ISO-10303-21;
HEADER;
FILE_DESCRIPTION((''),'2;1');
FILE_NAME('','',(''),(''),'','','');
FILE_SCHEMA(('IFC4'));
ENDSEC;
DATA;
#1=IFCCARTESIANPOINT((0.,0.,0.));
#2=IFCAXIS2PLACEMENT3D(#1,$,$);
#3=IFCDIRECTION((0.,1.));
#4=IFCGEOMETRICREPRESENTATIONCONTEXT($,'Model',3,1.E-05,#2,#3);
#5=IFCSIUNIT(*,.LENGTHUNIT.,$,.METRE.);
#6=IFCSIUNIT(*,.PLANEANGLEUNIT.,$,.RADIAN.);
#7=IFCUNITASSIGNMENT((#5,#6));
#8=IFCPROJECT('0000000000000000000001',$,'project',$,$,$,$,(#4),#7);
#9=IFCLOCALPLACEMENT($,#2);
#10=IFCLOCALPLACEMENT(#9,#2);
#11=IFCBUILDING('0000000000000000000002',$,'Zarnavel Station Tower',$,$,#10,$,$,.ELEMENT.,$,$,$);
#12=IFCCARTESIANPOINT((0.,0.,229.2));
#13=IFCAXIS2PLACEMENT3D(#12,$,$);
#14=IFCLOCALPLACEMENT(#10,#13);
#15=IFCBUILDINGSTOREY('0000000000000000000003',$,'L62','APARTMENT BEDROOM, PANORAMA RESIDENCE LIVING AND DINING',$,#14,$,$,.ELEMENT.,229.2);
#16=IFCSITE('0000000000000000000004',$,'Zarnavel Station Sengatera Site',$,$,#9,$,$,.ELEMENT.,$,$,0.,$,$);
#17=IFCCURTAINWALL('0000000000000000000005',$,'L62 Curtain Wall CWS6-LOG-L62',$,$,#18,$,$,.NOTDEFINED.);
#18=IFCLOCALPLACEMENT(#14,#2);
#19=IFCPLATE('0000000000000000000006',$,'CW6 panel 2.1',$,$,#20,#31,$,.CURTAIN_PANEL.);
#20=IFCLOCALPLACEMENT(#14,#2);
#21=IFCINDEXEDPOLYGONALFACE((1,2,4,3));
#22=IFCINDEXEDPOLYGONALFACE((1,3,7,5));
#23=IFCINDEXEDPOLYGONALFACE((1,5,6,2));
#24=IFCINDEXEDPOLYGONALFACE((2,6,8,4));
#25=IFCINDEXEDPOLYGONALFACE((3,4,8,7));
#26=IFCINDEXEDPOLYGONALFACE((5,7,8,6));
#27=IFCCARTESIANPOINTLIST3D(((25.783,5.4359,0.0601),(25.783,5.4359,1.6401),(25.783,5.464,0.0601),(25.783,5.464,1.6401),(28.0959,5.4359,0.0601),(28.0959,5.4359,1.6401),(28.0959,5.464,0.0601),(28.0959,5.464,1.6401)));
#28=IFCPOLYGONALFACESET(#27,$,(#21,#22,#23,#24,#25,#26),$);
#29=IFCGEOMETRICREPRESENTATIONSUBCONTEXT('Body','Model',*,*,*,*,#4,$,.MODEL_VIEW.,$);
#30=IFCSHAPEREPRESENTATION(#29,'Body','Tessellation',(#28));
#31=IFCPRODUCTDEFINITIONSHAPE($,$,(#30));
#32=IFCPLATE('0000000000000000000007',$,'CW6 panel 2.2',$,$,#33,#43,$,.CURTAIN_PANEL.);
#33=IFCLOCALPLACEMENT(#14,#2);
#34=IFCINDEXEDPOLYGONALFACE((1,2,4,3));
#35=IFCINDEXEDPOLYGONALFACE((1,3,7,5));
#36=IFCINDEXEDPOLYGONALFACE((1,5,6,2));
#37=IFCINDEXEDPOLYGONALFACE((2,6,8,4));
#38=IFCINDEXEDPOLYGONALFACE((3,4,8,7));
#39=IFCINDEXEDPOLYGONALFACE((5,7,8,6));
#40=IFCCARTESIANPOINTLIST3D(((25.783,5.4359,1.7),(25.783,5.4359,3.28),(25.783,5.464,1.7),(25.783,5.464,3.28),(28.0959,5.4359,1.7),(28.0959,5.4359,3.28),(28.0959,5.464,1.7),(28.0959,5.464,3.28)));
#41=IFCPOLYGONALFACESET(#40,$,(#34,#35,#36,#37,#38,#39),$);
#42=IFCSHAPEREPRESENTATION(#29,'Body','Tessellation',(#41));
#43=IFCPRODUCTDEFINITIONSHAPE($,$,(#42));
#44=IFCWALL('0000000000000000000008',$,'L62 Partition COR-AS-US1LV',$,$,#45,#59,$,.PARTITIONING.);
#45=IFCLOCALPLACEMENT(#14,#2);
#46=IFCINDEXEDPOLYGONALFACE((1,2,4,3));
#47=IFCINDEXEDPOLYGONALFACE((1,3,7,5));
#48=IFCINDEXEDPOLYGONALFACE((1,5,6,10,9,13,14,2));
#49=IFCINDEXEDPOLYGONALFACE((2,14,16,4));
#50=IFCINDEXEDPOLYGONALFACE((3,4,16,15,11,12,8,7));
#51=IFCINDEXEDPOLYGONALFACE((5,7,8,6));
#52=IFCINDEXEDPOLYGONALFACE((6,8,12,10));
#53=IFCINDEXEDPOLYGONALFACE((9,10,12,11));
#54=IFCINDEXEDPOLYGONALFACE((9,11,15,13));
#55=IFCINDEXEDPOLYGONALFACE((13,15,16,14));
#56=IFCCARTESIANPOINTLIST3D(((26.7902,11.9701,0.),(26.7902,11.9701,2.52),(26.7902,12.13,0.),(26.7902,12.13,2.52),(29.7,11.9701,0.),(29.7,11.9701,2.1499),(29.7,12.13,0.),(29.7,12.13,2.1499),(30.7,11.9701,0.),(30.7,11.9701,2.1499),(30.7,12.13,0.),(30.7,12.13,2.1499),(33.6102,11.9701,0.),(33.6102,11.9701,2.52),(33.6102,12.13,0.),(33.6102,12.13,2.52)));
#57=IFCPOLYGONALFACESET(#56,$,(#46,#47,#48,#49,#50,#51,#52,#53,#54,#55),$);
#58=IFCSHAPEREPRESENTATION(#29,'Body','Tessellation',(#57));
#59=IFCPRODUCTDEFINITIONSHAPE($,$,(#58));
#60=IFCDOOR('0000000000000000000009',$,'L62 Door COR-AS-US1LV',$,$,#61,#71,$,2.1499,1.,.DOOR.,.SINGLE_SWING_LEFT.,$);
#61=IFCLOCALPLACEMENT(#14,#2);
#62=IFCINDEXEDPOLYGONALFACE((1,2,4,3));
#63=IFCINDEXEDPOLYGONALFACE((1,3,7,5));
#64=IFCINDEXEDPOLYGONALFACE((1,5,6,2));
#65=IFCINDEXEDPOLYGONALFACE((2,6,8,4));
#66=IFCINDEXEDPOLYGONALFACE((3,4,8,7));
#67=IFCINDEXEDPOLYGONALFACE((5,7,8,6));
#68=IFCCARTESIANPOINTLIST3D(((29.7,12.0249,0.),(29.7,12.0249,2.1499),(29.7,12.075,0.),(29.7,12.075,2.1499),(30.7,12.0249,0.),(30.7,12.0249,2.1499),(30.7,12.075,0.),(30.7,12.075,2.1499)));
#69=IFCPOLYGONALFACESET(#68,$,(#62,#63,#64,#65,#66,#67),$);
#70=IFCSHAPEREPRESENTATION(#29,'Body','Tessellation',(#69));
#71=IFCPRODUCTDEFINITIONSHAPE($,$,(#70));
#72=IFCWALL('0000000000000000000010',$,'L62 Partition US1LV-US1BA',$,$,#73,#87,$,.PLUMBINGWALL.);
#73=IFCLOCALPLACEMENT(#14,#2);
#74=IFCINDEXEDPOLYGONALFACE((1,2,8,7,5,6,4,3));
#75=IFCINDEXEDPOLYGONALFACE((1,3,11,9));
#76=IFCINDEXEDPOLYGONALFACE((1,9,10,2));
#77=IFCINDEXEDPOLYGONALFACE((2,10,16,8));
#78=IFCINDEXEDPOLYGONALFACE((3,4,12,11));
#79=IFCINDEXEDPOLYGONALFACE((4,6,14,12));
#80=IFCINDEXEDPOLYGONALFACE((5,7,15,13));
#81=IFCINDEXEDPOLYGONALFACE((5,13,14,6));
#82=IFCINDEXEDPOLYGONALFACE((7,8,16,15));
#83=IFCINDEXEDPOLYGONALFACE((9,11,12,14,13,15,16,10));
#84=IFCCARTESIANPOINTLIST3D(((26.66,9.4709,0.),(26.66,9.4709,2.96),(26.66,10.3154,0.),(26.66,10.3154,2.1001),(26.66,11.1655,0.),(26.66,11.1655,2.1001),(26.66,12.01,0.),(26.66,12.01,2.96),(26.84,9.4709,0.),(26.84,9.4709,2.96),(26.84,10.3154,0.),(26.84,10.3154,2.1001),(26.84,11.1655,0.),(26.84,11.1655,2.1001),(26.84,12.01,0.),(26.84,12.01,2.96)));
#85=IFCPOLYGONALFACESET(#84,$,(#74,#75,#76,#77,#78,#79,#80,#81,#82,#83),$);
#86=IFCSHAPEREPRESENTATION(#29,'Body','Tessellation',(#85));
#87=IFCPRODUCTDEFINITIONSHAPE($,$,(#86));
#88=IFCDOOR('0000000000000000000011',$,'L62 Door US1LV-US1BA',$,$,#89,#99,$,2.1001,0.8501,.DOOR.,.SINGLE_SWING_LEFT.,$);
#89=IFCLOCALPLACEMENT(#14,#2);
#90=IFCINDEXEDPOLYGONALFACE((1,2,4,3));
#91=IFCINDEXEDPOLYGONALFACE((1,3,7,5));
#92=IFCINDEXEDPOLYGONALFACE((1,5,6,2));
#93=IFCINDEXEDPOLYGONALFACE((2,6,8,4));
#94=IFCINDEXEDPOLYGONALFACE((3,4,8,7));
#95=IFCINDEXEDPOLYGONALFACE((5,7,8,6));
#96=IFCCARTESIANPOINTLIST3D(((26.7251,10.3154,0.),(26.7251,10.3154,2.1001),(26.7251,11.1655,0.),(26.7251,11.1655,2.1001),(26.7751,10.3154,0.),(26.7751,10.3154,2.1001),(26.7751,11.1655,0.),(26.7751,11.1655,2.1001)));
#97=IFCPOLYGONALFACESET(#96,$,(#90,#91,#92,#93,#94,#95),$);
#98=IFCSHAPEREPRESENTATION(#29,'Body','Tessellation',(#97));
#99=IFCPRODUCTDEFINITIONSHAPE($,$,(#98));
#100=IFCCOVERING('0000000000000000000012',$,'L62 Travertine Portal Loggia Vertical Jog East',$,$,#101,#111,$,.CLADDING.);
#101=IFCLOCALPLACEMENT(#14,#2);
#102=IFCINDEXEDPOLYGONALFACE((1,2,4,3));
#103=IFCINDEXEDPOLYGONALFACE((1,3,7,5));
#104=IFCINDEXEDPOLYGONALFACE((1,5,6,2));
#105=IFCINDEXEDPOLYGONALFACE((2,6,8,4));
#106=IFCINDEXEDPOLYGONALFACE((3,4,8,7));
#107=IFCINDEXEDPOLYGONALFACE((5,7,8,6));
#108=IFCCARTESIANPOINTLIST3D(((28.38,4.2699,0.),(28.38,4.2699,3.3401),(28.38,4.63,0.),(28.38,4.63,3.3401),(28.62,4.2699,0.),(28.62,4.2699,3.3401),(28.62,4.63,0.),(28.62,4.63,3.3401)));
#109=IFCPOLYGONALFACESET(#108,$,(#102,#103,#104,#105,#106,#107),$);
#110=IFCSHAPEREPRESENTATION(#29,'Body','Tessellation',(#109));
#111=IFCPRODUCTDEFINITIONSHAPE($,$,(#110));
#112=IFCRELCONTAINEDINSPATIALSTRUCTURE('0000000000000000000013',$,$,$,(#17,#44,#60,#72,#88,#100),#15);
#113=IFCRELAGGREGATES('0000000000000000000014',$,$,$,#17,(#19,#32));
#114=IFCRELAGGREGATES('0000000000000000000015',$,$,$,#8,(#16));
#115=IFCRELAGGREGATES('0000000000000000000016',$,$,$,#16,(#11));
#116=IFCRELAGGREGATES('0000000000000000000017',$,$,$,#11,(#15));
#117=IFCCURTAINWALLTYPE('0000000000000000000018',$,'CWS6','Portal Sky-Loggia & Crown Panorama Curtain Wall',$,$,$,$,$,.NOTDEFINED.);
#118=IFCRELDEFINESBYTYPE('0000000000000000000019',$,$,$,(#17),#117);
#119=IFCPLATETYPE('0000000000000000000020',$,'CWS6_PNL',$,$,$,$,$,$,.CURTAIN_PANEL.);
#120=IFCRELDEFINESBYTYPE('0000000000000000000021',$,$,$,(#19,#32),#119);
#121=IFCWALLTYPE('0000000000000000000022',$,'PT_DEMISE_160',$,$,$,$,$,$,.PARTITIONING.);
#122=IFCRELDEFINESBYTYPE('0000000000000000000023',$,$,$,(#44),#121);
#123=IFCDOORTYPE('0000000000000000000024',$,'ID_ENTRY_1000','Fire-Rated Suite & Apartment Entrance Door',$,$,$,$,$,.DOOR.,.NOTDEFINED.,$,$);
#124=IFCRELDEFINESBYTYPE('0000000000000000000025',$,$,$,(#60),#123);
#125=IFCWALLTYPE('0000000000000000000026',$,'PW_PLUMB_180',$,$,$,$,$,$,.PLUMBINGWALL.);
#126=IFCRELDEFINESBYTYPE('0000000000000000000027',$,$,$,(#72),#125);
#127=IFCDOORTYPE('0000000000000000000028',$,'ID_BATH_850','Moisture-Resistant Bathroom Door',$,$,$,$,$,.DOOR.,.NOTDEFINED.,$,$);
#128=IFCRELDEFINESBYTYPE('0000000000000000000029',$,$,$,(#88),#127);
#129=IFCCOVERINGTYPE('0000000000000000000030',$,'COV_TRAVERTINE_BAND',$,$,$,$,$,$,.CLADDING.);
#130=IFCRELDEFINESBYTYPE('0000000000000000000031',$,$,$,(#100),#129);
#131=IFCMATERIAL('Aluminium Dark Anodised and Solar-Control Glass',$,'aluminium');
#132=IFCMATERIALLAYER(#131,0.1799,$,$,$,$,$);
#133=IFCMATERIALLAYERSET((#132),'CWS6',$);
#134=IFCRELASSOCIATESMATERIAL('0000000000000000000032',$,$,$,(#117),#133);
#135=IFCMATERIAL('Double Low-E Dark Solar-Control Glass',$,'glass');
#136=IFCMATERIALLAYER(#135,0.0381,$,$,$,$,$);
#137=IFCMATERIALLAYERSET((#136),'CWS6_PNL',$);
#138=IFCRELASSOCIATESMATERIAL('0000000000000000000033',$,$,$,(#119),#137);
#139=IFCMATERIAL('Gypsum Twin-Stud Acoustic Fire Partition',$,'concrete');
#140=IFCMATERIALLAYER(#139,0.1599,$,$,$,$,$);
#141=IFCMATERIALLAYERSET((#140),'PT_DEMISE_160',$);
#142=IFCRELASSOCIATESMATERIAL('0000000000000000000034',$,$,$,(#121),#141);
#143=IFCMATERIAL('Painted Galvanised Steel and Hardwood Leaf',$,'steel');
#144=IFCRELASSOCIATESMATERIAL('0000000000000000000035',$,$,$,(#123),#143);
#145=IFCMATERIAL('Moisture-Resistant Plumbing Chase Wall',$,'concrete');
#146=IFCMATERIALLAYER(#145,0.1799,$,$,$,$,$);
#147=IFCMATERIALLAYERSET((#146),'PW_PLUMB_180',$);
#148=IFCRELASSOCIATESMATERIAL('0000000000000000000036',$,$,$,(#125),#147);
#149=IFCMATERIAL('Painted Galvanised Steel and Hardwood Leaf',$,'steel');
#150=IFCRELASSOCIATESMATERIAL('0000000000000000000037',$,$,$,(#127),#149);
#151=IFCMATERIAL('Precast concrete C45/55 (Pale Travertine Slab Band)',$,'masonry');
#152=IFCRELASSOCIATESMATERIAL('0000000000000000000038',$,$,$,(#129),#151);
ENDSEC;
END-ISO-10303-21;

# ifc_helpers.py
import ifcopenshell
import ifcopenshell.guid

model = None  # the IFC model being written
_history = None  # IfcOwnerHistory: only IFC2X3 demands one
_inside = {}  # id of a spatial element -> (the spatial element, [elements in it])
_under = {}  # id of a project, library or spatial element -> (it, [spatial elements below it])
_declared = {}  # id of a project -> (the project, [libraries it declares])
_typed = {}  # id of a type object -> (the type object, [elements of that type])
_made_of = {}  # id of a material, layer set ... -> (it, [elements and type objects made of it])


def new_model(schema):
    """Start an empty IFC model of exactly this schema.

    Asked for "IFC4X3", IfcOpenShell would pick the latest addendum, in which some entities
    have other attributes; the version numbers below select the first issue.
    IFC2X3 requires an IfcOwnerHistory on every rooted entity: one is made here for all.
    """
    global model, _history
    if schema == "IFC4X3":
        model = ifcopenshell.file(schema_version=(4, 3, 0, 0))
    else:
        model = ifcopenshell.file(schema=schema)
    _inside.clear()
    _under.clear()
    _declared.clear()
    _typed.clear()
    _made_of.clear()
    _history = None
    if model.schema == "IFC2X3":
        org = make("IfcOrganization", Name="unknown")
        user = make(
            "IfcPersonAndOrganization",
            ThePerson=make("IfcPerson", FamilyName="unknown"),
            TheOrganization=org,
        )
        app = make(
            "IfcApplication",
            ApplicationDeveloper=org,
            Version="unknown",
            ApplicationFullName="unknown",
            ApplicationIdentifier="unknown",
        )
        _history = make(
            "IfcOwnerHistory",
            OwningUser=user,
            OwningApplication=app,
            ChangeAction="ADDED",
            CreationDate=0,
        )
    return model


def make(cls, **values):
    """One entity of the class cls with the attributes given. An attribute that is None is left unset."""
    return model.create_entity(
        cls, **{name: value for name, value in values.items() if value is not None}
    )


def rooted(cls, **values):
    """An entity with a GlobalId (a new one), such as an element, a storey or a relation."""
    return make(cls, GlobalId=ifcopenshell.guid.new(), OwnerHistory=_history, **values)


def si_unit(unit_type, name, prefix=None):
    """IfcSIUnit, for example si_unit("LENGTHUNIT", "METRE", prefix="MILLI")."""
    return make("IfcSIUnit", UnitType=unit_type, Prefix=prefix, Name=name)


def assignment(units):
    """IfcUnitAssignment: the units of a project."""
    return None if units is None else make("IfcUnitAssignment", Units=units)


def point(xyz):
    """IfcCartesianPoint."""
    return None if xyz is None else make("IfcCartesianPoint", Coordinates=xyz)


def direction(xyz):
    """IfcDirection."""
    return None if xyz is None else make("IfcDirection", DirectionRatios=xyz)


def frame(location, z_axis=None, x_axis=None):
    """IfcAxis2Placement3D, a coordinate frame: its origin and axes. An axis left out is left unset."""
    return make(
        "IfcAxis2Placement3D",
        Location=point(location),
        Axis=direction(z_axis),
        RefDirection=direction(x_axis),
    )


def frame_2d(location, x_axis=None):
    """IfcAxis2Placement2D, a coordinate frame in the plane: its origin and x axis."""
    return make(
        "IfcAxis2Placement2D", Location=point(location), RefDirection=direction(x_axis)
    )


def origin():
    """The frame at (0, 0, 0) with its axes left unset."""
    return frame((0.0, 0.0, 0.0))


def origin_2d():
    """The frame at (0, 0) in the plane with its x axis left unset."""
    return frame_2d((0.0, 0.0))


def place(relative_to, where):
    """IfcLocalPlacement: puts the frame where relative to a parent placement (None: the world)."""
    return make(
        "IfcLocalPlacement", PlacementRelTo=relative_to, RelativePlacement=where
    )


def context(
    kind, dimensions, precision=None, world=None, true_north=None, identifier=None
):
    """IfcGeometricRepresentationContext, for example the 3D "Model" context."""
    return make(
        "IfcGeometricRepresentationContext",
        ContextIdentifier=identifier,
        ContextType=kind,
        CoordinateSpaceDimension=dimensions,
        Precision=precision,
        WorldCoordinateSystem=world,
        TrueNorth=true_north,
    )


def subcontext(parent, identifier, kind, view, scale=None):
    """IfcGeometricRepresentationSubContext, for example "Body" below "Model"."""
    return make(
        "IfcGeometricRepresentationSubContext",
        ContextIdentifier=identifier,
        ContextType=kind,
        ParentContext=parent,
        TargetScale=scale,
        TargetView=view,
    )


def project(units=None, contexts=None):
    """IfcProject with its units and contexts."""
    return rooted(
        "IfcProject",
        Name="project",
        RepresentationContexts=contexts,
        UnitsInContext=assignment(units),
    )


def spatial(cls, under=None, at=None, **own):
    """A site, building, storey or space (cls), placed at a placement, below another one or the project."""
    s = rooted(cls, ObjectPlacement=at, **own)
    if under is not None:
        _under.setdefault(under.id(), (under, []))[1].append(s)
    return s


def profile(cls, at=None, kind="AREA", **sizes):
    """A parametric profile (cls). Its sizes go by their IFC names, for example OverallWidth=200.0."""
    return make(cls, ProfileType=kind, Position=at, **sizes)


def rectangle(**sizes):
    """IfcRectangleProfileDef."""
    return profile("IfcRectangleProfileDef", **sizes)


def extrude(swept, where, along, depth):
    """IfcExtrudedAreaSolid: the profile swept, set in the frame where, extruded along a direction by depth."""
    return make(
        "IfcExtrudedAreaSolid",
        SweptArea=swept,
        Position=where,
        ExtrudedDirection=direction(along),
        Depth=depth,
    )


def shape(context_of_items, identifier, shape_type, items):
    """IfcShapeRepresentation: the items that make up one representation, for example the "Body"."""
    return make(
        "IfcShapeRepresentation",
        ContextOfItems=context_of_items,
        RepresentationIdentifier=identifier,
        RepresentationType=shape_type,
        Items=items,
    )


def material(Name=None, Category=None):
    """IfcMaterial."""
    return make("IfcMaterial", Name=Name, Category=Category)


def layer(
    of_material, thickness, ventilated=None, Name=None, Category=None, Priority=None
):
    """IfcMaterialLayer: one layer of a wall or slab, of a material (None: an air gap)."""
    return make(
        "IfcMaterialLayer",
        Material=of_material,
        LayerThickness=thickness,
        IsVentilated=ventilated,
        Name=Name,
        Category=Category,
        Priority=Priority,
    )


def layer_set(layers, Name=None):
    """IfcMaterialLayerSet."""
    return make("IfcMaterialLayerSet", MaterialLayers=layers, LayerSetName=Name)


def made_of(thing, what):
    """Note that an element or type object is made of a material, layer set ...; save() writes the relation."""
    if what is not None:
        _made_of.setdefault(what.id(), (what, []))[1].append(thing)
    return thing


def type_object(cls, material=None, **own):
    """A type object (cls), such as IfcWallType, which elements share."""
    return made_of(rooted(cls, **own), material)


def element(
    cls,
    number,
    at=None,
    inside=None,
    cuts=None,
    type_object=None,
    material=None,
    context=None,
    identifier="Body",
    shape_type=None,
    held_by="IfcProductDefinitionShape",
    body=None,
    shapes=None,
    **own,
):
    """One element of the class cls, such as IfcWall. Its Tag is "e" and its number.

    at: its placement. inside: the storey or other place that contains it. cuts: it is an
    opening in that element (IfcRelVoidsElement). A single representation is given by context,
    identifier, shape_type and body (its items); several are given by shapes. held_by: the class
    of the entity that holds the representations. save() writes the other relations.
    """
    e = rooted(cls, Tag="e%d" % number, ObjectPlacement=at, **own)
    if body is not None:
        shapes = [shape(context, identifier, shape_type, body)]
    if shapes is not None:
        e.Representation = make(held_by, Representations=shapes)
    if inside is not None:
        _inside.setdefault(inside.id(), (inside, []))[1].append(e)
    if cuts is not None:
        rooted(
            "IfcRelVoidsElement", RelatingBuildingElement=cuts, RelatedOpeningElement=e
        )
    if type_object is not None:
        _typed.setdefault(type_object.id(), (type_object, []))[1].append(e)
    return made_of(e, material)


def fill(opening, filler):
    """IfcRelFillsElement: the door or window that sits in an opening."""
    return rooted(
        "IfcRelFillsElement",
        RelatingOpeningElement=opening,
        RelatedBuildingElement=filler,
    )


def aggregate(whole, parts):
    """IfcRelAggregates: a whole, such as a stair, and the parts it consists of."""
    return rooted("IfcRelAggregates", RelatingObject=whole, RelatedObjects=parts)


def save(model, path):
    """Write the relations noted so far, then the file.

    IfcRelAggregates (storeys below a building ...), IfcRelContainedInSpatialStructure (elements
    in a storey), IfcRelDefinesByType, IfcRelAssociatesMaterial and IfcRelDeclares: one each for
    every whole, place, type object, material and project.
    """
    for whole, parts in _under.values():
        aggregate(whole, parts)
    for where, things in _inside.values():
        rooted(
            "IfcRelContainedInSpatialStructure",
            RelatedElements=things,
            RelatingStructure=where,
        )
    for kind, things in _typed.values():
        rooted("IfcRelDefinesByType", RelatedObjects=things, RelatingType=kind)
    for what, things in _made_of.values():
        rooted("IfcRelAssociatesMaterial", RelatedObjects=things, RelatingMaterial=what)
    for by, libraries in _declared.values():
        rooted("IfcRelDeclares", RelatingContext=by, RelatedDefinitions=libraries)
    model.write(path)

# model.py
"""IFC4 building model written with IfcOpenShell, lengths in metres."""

from ifc_helpers import new_model, si_unit, direction, frame, frame_2d, origin, origin_2d, place, context, subcontext, project, spatial, rectangle, extrude, material, layer, layer_set, type_object, element, fill, aggregate, save


model = new_model("IFC4")

# Units and contexts
model_context = context("Model", 3, precision=1e-05, world=origin(), true_north=direction((0.0, 1.0)))
body_context = subcontext(model_context, "Body", "Model", "MODEL_VIEW")
ifc_project = project(units=[si_unit("LENGTHUNIT", "METRE"), si_unit("PLANEANGLEUNIT", "RADIAN")], contexts=[model_context])

# Site, building, storey
site_placement = place(None, origin())
site = spatial("IfcSite", under=ifc_project, at=site_placement, Name="Zarnavel Station Sengatera Site", CompositionType="ELEMENT", RefElevation=0.0)
building_placement = place(site_placement, origin())
building = spatial("IfcBuilding", under=site, at=building_placement, Name="Zarnavel Station Tower", CompositionType="ELEMENT")
storey_placement = place(building_placement, frame((0.0, 0.0, 229.2)))
storey = spatial("IfcBuildingStorey", under=building, at=storey_placement, Name="L62", Description="APARTMENT BEDROOM, PANORAMA RESIDENCE LIVING AND DINING", CompositionType="ELEMENT", Elevation=229.2)

# Curtain wall
ifc_material_1 = material(Name="Aluminium Dark Anodised and Solar-Control Glass", Category="aluminium")
ifc_layer_1 = layer(ifc_material_1, 0.1799)
ifc_layer_set_1 = layer_set([ifc_layer_1], Name="CWS6")
curtain_wall_type_1 = type_object("IfcCurtainWallType", Name="CWS6", Description="Portal Sky-Loggia & Crown Panorama Curtain Wall", PredefinedType="NOTDEFINED", material=ifc_layer_set_1)
curtain_wall_1_placement = place(storey_placement, origin())
curtain_wall_1 = element("IfcCurtainWall", 1, at=curtain_wall_1_placement, inside=storey, type_object=curtain_wall_type_1, Name="L62 Curtain Wall CWS6-LOG-L62", PredefinedType="NOTDEFINED")

# Plates
ifc_material_2 = material(Name="Double Low-E Dark Solar-Control Glass", Category="glass")
ifc_layer_2 = layer(ifc_material_2, 0.0381)
ifc_layer_set_2 = layer_set([ifc_layer_2], Name="CWS6_PNL")
plate_type_1 = type_object("IfcPlateType", Name="CWS6_PNL", PredefinedType="CURTAIN_PANEL", material=ifc_layer_set_2)
plate_1_placement = place(storey_placement, frame((26.9395, 5.45, 0.0601), z_axis=(0.0, 0.0, 1.0), x_axis=(1.0, 0.0, 0.0)))
plate_1 = element("IfcPlate", 2, at=plate_1_placement, type_object=plate_type_1, Name="CW6 panel 2.1", PredefinedType="CURTAIN_PANEL", context=body_context, shape_type="SweptSolid", body=[
    extrude(rectangle(XDim=2.313, YDim=0.0281, at=origin_2d()), origin(), (0.0, 0.0, 1.0), 1.5801),
])
plate_2_placement = place(storey_placement, frame((26.9395, 5.45, 1.7), z_axis=(0.0, 0.0, 1.0), x_axis=(1.0, 0.0, 0.0)))
plate_2 = element("IfcPlate", 3, at=plate_2_placement, type_object=plate_type_1, Name="CW6 panel 2.2", PredefinedType="CURTAIN_PANEL", context=body_context, shape_type="SweptSolid", body=[
    extrude(rectangle(XDim=2.313, YDim=0.0281, at=origin_2d()), origin(), (0.0, 0.0, 1.0), 1.5801),
])
aggregate(curtain_wall_1, [plate_1, plate_2])

# Walls, openings, doors
ifc_material_3 = material(Name="Gypsum Twin-Stud Acoustic Fire Partition", Category="concrete")
ifc_layer_3 = layer(ifc_material_3, 0.1599)
ifc_layer_set_3 = layer_set([ifc_layer_3], Name="PT_DEMISE_160")
wall_type_1 = type_object("IfcWallType", Name="PT_DEMISE_160", PredefinedType="PARTITIONING", material=ifc_layer_set_3)
wall_1_placement = place(storey_placement, frame((26.79, 12.05, 0.0), z_axis=(0.0, 0.0, 1.0), x_axis=(1.0, 0.0, 0.0)))
wall_1 = element("IfcWall", 4, at=wall_1_placement, inside=storey, type_object=wall_type_1, Name="L62 Partition COR-AS-US1LV", PredefinedType="PARTITIONING", context=body_context, shape_type="SweptSolid", body=[
    extrude(rectangle(XDim=6.8201, YDim=0.1599, at=frame_2d((3.4102, 0.0))), origin(), (0.0, 0.0, 1.0), 2.52),
])
opening_1_placement = place(wall_1_placement, frame((2.9099, 0.0, 0.0)))
opening_1 = element("IfcOpeningElement", 5, at=opening_1_placement, cuts=wall_1, PredefinedType="OPENING", context=body_context, shape_type="SweptSolid", body=[
    extrude(rectangle(XDim=1.0, YDim=2.1499, at=frame_2d((0.5, 1.075))), frame((0.0, 0.0898, 0.0), z_axis=(0.0, -1.0, 0.0), x_axis=(1.0, 0.0, 0.0)), (0.0, 0.0, 1.0), 0.1799),
])
ifc_material_4 = material(Name="Painted Galvanised Steel and Hardwood Leaf", Category="steel")
door_type_1 = type_object("IfcDoorType", Name="ID_ENTRY_1000", Description="Fire-Rated Suite & Apartment Entrance Door", OperationType="NOTDEFINED", PredefinedType="DOOR", material=ifc_material_4)
door_1_placement = place(opening_1_placement, origin())
door_1 = element("IfcDoor", 6, at=door_1_placement, inside=storey, type_object=door_type_1, Name="L62 Door COR-AS-US1LV", OperationType="SINGLE_SWING_LEFT", OverallHeight=2.1499, OverallWidth=1.0, PredefinedType="DOOR", context=body_context, shape_type="SweptSolid", body=[
    extrude(rectangle(XDim=1.0, YDim=2.1499, at=frame_2d((0.5, 1.075))), frame((0.0, 0.0249, 0.0), z_axis=(0.0, -1.0, 0.0), x_axis=(1.0, 0.0, 0.0)), (0.0, 0.0, 1.0), 0.05),
])
fill(opening_1, door_1)
ifc_material_5 = material(Name="Moisture-Resistant Plumbing Chase Wall", Category="concrete")
ifc_layer_4 = layer(ifc_material_5, 0.1799)
ifc_layer_set_4 = layer_set([ifc_layer_4], Name="PW_PLUMB_180")
wall_type_2 = type_object("IfcWallType", Name="PW_PLUMB_180", PredefinedType="PLUMBINGWALL", material=ifc_layer_set_4)
wall_2_placement = place(storey_placement, frame((26.75, 9.4709, 0.0), z_axis=(0.0, 0.0, 1.0), x_axis=(0.0, 1.0, 0.0)))
wall_2 = element("IfcWall", 7, at=wall_2_placement, inside=storey, type_object=wall_type_2, Name="L62 Partition US1LV-US1BA", PredefinedType="PLUMBINGWALL", context=body_context, shape_type="SweptSolid", body=[
    extrude(rectangle(XDim=2.5391, YDim=0.1799, at=frame_2d((1.2695, 0.0))), origin(), (0.0, 0.0, 1.0), 2.96),
])
opening_2_placement = place(wall_2_placement, frame((0.8445, 0.0, 0.0)))
opening_2 = element("IfcOpeningElement", 8, at=opening_2_placement, cuts=wall_2, PredefinedType="OPENING", context=body_context, shape_type="SweptSolid", body=[
    extrude(rectangle(XDim=0.8501, YDim=2.1001, at=frame_2d((0.425, 1.05))), frame((0.0, 0.0999, 0.0), z_axis=(0.0, -1.0, 0.0), x_axis=(1.0, 0.0, 0.0)), (0.0, 0.0, 1.0), 0.2),
])
ifc_material_6 = material(Name="Painted Galvanised Steel and Hardwood Leaf", Category="steel")
door_type_2 = type_object("IfcDoorType", Name="ID_BATH_850", Description="Moisture-Resistant Bathroom Door", OperationType="NOTDEFINED", PredefinedType="DOOR", material=ifc_material_6)
door_2_placement = place(opening_2_placement, origin())
door_2 = element("IfcDoor", 9, at=door_2_placement, inside=storey, type_object=door_type_2, Name="L62 Door US1LV-US1BA", OperationType="SINGLE_SWING_LEFT", OverallHeight=2.1001, OverallWidth=0.8501, PredefinedType="DOOR", context=body_context, shape_type="SweptSolid", body=[
    extrude(rectangle(XDim=0.8501, YDim=2.1001, at=frame_2d((0.425, 1.05))), frame((0.0, 0.0249, 0.0), z_axis=(0.0, -1.0, 0.0), x_axis=(1.0, 0.0, 0.0)), (0.0, 0.0, 1.0), 0.05),
])
fill(opening_2, door_2)

# Covering
ifc_material_7 = material(Name="Precast concrete C45/55 (Pale Travertine Slab Band)", Category="masonry")
covering_type = type_object("IfcCoveringType", Name="COV_TRAVERTINE_BAND", PredefinedType="CLADDING", material=ifc_material_7)
covering_placement = place(storey_placement, frame((28.5, 4.45, 0.0), z_axis=(0.0, 0.0, 1.0), x_axis=(1.0, 0.0, 0.0)))
element("IfcCovering", 10, at=covering_placement, inside=storey, type_object=covering_type, Name="L62 Travertine Portal Loggia Vertical Jog East", PredefinedType="CLADDING", context=body_context, shape_type="SweptSolid", body=[
    extrude(rectangle(XDim=0.24, YDim=0.3601, at=origin_2d()), origin(), (0.0, 0.0, 1.0), 3.3401),
])

save(model, "model.ifc")
